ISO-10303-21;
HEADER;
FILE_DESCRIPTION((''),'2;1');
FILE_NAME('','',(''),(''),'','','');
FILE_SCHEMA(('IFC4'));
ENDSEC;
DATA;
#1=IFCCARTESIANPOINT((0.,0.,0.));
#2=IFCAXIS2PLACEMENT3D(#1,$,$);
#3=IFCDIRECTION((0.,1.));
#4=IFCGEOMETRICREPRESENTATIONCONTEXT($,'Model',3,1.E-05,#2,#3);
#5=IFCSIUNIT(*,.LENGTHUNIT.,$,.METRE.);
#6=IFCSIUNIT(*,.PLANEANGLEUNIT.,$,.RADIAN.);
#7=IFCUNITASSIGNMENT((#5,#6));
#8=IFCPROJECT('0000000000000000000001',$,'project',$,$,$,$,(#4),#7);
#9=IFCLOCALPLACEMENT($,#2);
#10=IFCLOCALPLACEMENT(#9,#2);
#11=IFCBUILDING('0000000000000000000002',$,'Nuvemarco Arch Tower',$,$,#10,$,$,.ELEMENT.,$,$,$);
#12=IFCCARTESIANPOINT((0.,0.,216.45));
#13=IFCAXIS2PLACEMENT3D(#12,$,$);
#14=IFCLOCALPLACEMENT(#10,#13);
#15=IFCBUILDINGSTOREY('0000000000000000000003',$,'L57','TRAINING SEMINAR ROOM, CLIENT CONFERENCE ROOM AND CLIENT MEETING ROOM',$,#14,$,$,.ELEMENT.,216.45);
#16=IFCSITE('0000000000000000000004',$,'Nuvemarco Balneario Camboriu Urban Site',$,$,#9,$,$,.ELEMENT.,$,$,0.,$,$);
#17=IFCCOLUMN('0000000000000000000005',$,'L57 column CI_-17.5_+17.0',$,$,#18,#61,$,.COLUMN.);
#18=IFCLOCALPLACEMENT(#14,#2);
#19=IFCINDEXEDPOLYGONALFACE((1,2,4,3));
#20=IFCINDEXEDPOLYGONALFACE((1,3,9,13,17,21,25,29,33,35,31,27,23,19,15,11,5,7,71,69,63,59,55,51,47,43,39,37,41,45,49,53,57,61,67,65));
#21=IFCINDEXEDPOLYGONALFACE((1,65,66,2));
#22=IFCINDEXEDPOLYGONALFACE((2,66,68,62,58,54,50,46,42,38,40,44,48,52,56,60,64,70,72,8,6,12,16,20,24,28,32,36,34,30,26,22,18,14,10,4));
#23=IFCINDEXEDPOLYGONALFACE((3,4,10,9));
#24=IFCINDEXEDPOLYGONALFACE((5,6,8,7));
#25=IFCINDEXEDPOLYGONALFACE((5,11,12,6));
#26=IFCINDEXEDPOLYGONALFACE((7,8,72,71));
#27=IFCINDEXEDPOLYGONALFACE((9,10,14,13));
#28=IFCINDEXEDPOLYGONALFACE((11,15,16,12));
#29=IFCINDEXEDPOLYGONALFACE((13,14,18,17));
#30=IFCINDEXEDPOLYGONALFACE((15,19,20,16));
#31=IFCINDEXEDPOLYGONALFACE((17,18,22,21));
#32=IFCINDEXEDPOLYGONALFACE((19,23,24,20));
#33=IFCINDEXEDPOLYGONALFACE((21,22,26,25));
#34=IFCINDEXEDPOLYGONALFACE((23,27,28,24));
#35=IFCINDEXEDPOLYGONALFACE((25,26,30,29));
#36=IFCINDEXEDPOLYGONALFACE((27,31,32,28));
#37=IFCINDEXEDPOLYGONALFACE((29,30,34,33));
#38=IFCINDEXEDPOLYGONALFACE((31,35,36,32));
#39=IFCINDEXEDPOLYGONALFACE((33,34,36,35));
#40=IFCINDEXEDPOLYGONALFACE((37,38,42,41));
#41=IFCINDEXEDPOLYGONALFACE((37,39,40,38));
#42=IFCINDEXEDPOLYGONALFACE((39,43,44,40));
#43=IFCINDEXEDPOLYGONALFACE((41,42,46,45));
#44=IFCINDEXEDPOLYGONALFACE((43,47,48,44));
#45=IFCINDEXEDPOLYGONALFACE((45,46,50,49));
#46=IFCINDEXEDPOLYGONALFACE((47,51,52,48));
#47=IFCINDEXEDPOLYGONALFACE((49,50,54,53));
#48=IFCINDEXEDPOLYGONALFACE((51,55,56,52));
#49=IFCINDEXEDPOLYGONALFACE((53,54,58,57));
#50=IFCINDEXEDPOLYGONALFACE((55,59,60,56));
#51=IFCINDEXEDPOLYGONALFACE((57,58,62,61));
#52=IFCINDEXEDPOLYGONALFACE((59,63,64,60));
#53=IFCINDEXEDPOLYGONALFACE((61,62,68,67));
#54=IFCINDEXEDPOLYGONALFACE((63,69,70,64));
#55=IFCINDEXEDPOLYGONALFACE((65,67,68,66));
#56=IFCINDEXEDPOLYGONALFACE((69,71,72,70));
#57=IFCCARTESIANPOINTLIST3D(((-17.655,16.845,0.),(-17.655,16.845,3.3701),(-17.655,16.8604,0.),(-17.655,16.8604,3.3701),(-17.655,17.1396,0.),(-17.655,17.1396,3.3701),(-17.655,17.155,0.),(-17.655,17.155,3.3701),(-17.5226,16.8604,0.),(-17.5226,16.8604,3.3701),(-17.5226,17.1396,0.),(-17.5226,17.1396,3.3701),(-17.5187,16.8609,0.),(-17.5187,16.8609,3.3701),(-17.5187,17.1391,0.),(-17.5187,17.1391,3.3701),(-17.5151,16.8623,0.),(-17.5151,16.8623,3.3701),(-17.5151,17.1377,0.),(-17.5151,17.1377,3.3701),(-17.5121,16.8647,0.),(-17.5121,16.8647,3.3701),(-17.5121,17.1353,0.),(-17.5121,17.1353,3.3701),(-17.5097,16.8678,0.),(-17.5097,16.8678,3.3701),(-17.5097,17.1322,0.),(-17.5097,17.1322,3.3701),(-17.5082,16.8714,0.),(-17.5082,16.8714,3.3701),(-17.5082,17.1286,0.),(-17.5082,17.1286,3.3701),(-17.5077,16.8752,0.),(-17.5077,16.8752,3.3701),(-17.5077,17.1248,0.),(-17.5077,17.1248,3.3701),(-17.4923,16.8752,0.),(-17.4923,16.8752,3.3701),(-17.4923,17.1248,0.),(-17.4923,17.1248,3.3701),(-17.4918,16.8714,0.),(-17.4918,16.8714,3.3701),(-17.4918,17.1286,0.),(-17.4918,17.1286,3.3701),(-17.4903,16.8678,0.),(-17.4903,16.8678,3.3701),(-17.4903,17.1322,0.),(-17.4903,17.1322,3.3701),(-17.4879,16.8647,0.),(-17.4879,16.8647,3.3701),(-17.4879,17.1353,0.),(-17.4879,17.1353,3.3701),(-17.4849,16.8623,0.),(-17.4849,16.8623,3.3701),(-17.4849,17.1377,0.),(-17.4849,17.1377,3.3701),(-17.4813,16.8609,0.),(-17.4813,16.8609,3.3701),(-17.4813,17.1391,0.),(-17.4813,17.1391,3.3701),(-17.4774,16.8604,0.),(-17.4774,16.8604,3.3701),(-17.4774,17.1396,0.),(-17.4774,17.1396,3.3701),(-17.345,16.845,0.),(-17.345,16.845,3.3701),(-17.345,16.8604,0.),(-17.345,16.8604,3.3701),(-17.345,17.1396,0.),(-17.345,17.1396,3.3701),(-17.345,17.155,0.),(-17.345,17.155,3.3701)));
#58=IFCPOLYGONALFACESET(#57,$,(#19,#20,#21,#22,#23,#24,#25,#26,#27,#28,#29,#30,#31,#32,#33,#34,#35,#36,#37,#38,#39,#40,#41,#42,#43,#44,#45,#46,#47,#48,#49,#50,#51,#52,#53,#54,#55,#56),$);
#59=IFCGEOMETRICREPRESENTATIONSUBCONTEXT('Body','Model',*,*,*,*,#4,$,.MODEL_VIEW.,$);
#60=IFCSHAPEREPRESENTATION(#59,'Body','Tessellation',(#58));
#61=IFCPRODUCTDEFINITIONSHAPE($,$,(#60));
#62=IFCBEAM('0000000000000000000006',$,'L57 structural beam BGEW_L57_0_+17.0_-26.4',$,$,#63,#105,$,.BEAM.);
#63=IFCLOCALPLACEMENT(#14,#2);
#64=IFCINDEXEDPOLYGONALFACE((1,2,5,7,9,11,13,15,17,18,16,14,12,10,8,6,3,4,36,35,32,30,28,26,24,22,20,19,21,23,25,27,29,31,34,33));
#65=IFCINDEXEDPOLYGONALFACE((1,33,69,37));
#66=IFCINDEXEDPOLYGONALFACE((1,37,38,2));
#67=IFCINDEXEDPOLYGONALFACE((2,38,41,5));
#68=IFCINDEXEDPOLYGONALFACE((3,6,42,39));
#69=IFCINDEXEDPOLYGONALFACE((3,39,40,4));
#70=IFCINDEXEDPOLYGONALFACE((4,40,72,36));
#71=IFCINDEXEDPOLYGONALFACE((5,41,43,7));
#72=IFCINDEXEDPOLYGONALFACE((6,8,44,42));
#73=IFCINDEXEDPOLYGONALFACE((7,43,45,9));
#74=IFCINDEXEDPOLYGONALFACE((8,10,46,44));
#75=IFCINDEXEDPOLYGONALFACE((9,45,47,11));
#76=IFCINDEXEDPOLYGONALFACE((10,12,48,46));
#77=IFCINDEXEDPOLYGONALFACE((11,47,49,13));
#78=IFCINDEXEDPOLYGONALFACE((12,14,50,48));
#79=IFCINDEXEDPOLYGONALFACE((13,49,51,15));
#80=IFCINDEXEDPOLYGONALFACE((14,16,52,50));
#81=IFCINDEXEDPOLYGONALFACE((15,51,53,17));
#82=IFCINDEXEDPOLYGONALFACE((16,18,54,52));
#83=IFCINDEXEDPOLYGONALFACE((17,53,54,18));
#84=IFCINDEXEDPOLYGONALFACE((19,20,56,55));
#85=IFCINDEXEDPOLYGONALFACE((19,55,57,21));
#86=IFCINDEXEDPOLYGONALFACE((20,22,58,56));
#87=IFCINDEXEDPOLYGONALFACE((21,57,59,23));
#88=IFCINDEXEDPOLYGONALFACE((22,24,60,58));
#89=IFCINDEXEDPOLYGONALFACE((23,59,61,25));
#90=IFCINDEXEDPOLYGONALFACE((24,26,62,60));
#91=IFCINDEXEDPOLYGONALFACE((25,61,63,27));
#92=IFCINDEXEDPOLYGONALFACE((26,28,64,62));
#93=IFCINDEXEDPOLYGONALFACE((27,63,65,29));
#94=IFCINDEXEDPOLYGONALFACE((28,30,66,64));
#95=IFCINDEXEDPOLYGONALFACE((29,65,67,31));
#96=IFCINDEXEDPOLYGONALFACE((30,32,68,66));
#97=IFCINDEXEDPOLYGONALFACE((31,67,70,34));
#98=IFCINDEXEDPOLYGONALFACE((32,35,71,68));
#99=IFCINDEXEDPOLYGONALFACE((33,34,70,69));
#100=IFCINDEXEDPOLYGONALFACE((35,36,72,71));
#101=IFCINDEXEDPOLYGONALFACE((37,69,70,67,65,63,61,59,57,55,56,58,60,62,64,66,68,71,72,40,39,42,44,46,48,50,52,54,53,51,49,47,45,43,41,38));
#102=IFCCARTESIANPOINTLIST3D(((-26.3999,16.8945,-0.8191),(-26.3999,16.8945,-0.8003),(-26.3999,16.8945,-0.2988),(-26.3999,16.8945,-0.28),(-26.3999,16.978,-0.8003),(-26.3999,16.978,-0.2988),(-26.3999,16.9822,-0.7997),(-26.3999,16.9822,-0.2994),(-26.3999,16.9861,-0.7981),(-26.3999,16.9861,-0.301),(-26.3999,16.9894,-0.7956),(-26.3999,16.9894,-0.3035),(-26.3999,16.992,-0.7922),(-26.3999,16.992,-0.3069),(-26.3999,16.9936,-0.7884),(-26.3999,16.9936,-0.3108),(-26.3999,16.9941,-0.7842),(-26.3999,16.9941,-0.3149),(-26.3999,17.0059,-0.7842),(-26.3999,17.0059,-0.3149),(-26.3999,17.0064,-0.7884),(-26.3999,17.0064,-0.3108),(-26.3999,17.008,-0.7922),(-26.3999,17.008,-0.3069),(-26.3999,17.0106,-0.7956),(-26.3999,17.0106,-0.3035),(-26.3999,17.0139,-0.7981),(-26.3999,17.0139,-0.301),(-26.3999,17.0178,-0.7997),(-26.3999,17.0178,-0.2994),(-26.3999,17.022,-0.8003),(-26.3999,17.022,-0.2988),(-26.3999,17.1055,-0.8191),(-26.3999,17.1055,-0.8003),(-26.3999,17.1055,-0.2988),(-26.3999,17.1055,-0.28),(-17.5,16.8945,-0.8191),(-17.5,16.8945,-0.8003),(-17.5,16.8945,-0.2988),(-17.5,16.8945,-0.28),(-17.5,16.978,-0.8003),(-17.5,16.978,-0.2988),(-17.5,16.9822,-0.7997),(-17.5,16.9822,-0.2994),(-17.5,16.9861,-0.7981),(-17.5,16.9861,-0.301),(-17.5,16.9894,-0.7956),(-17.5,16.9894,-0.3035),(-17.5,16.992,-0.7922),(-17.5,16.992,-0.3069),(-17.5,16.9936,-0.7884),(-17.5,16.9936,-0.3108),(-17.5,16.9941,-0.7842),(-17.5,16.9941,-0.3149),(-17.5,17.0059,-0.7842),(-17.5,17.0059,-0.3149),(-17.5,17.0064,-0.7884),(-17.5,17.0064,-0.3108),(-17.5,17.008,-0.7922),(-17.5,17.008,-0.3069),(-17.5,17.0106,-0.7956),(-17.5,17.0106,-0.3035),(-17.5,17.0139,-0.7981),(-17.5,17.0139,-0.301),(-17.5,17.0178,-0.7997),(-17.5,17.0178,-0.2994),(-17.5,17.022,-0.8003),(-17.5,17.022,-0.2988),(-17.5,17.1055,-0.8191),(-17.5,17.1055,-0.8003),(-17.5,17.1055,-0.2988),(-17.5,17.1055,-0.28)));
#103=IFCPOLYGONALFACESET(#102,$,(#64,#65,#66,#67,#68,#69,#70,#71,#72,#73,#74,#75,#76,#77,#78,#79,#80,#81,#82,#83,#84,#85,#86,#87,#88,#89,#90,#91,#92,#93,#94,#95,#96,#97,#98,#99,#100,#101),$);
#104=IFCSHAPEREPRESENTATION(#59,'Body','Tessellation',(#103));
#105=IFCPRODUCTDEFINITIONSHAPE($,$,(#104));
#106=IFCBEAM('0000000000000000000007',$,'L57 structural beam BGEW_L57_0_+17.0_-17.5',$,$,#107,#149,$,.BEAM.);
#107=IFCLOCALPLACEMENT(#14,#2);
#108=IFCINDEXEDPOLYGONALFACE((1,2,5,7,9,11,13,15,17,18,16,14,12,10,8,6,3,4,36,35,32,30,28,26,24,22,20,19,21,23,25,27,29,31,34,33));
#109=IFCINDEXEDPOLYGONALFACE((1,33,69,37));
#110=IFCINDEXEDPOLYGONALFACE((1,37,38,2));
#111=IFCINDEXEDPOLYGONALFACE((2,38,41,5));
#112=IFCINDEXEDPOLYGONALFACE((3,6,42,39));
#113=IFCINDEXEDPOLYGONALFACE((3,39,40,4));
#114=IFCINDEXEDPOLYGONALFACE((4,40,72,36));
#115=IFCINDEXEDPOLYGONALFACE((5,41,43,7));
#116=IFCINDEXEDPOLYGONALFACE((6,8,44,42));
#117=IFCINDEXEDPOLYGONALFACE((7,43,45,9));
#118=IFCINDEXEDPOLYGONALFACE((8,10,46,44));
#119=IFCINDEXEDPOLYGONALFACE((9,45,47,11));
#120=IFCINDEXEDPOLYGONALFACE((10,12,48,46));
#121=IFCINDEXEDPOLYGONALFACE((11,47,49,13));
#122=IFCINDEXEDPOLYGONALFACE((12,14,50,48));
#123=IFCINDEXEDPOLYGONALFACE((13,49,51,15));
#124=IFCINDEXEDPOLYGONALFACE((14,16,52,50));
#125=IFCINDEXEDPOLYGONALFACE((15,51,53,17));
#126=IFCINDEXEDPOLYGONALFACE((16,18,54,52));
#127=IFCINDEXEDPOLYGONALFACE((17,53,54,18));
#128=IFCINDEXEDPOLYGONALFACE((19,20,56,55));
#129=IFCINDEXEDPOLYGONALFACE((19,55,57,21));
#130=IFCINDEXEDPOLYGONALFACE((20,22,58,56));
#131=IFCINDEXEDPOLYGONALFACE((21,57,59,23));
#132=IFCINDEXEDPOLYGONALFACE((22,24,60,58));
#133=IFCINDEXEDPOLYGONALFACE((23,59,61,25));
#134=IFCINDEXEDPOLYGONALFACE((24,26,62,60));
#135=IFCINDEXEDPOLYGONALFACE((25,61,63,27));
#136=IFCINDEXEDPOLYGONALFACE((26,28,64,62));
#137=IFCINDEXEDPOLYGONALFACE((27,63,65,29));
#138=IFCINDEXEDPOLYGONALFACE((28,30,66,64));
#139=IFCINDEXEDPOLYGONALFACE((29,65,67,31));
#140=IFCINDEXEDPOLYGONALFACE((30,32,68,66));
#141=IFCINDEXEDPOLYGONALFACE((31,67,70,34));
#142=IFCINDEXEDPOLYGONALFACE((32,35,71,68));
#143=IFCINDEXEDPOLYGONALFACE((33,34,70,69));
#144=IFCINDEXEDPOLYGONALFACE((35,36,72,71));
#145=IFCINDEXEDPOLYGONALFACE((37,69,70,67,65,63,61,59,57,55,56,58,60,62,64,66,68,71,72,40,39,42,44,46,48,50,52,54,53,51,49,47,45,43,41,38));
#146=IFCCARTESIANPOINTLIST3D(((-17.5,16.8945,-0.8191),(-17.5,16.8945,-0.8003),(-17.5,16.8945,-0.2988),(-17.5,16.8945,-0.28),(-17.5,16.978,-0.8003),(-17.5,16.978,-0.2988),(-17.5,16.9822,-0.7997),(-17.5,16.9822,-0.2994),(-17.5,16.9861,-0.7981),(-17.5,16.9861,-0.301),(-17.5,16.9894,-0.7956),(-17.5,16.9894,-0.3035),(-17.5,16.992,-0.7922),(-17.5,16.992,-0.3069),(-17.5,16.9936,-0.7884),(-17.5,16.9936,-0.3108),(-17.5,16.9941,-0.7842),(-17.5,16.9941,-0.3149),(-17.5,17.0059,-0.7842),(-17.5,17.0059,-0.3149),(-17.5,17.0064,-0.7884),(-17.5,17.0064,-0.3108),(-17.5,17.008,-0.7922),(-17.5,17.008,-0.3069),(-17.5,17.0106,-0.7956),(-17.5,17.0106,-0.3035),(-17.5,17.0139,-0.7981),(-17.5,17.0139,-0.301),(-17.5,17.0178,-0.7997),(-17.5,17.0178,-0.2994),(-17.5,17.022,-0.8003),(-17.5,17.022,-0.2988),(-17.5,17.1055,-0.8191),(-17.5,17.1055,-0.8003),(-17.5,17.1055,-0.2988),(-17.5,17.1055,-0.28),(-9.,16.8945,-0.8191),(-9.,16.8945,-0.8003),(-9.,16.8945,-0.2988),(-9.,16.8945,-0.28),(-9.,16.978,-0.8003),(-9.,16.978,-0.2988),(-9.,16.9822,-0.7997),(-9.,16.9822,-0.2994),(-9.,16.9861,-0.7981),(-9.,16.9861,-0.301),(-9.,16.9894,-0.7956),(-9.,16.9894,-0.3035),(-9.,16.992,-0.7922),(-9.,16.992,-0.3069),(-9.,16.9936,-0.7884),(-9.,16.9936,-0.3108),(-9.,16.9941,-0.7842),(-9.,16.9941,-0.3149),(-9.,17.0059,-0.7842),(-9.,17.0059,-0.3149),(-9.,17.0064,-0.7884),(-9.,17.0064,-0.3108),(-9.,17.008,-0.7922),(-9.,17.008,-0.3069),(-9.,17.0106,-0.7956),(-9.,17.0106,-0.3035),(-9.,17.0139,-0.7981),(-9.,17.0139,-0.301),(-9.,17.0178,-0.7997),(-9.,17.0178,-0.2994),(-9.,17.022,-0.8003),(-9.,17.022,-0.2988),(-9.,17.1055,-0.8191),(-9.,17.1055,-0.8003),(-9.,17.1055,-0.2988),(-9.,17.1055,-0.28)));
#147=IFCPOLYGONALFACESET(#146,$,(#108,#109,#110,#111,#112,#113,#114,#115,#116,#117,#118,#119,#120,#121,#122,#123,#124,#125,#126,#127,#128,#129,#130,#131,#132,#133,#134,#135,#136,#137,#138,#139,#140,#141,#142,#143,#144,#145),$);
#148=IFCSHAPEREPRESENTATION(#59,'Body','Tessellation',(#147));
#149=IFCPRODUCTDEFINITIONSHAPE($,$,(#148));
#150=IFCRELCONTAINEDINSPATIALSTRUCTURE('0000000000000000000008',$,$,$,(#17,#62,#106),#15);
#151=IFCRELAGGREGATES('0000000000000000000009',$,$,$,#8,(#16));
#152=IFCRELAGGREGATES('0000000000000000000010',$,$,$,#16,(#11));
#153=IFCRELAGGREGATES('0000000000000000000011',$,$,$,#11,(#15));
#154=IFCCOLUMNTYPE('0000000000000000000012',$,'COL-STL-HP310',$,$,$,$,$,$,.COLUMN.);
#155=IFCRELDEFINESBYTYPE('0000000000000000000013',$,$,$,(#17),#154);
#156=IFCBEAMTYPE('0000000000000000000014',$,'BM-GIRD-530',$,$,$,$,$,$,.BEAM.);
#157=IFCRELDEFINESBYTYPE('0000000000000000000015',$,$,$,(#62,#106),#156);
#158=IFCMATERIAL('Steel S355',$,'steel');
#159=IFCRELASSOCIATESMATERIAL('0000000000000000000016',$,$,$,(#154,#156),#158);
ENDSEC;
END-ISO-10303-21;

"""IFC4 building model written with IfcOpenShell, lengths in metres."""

from ifc_helpers import new_model, si_unit, direction, frame, origin, origin_2d, place, context, subcontext, project, spatial, i_section, extrude, material, material_profile, profile_set, type_object, element, save


model = new_model("IFC4")

# Units and contexts
model_context = context("Model", 3, precision=1e-05, world=origin(), true_north=direction((0.0, 1.0)))
body_context = subcontext(model_context, "Body", "Model", "MODEL_VIEW")
ifc_project = project(units=[si_unit("LENGTHUNIT", "METRE"), si_unit("PLANEANGLEUNIT", "RADIAN")], contexts=[model_context])

# Site, building, storey
site_placement = place(None, origin())
site = spatial("IfcSite", under=ifc_project, at=site_placement, Name="Nuvemarco Balneario Camboriu Urban Site", CompositionType="ELEMENT", RefElevation=0.0)
building_placement = place(site_placement, origin())
building = spatial("IfcBuilding", under=site, at=building_placement, Name="Nuvemarco Arch Tower", CompositionType="ELEMENT")
storey_placement = place(building_placement, frame((0.0, 0.0, 216.45)))
storey = spatial("IfcBuildingStorey", under=building, at=storey_placement, Name="L57", Description="TRAINING SEMINAR ROOM, CLIENT CONFERENCE ROOM AND CLIENT MEETING ROOM", CompositionType="ELEMENT", Elevation=216.45)

# Column
ifc_material_1 = material(Name="Steel S355", Category="steel")
ifc_material_profile_1 = material_profile(ifc_material_1, i_section(OverallWidth=0.3101, OverallDepth=0.3101, WebThickness=0.0154, FlangeThickness=0.0154, FilletRadius=0.0149, at=origin_2d()), Name="HP310x110")
ifc_profile_set_1 = profile_set([ifc_material_profile_1], Name="Steel S355")
column_type = type_object("IfcColumnType", Name="COL-STL-HP310", PredefinedType="COLUMN", material=ifc_profile_set_1)
column_placement = place(storey_placement, frame((-17.5, 17.0, 0.0), z_axis=(0.0, 0.0, 1.0), x_axis=(1.0, 0.0, 0.0)))
element("IfcColumn", 1, at=column_placement, inside=storey, type_object=column_type, Name="L57 column CI_-17.5_+17.0", PredefinedType="COLUMN", context=body_context, shape_type="SweptSolid", body=[
    extrude(i_section(OverallWidth=0.3101, OverallDepth=0.3101, WebThickness=0.0154, FlangeThickness=0.0154, FilletRadius=0.0149, at=origin_2d()), origin(), (0.0, 0.0, 1.0), 3.3701),
])

# Beams
ifc_material_profile_2 = material_profile(ifc_material_1, i_section(OverallWidth=0.2109, OverallDepth=0.5391, WebThickness=0.0117, FlangeThickness=0.0188, FilletRadius=0.0161, at=origin_2d()), Name="W530x109")
ifc_profile_set_2 = profile_set([ifc_material_profile_2], Name="Steel S355")
beam_type = type_object("IfcBeamType", Name="BM-GIRD-530", PredefinedType="BEAM", material=ifc_profile_set_2)
beam_1_placement = place(storey_placement, frame((-26.3999, 17.0, -0.5496), z_axis=(1.0, 0.0, 0.0), x_axis=(0.0, 1.0, 0.0)))
element("IfcBeam", 2, at=beam_1_placement, inside=storey, type_object=beam_type, Name="L57 structural beam BGEW_L57_0_+17.0_-26.4", PredefinedType="BEAM", context=body_context, shape_type="SweptSolid", body=[
    extrude(i_section(OverallWidth=0.2109, OverallDepth=0.5391, WebThickness=0.0117, FlangeThickness=0.0188, FilletRadius=0.0161, at=origin_2d()), origin(), (0.0, 0.0, 1.0), 8.8999),
])
beam_2_placement = place(storey_placement, frame((-17.5, 17.0, -0.5496), z_axis=(1.0, 0.0, 0.0), x_axis=(0.0, 1.0, 0.0)))
element("IfcBeam", 3, at=beam_2_placement, inside=storey, type_object=beam_type, Name="L57 structural beam BGEW_L57_0_+17.0_-17.5", PredefinedType="BEAM", context=body_context, shape_type="SweptSolid", body=[
    extrude(i_section(OverallWidth=0.2109, OverallDepth=0.5391, WebThickness=0.0117, FlangeThickness=0.0188, FilletRadius=0.0161, at=origin_2d()), origin(), (0.0, 0.0, 1.0), 8.5),
])

save(model, "model.ifc")
